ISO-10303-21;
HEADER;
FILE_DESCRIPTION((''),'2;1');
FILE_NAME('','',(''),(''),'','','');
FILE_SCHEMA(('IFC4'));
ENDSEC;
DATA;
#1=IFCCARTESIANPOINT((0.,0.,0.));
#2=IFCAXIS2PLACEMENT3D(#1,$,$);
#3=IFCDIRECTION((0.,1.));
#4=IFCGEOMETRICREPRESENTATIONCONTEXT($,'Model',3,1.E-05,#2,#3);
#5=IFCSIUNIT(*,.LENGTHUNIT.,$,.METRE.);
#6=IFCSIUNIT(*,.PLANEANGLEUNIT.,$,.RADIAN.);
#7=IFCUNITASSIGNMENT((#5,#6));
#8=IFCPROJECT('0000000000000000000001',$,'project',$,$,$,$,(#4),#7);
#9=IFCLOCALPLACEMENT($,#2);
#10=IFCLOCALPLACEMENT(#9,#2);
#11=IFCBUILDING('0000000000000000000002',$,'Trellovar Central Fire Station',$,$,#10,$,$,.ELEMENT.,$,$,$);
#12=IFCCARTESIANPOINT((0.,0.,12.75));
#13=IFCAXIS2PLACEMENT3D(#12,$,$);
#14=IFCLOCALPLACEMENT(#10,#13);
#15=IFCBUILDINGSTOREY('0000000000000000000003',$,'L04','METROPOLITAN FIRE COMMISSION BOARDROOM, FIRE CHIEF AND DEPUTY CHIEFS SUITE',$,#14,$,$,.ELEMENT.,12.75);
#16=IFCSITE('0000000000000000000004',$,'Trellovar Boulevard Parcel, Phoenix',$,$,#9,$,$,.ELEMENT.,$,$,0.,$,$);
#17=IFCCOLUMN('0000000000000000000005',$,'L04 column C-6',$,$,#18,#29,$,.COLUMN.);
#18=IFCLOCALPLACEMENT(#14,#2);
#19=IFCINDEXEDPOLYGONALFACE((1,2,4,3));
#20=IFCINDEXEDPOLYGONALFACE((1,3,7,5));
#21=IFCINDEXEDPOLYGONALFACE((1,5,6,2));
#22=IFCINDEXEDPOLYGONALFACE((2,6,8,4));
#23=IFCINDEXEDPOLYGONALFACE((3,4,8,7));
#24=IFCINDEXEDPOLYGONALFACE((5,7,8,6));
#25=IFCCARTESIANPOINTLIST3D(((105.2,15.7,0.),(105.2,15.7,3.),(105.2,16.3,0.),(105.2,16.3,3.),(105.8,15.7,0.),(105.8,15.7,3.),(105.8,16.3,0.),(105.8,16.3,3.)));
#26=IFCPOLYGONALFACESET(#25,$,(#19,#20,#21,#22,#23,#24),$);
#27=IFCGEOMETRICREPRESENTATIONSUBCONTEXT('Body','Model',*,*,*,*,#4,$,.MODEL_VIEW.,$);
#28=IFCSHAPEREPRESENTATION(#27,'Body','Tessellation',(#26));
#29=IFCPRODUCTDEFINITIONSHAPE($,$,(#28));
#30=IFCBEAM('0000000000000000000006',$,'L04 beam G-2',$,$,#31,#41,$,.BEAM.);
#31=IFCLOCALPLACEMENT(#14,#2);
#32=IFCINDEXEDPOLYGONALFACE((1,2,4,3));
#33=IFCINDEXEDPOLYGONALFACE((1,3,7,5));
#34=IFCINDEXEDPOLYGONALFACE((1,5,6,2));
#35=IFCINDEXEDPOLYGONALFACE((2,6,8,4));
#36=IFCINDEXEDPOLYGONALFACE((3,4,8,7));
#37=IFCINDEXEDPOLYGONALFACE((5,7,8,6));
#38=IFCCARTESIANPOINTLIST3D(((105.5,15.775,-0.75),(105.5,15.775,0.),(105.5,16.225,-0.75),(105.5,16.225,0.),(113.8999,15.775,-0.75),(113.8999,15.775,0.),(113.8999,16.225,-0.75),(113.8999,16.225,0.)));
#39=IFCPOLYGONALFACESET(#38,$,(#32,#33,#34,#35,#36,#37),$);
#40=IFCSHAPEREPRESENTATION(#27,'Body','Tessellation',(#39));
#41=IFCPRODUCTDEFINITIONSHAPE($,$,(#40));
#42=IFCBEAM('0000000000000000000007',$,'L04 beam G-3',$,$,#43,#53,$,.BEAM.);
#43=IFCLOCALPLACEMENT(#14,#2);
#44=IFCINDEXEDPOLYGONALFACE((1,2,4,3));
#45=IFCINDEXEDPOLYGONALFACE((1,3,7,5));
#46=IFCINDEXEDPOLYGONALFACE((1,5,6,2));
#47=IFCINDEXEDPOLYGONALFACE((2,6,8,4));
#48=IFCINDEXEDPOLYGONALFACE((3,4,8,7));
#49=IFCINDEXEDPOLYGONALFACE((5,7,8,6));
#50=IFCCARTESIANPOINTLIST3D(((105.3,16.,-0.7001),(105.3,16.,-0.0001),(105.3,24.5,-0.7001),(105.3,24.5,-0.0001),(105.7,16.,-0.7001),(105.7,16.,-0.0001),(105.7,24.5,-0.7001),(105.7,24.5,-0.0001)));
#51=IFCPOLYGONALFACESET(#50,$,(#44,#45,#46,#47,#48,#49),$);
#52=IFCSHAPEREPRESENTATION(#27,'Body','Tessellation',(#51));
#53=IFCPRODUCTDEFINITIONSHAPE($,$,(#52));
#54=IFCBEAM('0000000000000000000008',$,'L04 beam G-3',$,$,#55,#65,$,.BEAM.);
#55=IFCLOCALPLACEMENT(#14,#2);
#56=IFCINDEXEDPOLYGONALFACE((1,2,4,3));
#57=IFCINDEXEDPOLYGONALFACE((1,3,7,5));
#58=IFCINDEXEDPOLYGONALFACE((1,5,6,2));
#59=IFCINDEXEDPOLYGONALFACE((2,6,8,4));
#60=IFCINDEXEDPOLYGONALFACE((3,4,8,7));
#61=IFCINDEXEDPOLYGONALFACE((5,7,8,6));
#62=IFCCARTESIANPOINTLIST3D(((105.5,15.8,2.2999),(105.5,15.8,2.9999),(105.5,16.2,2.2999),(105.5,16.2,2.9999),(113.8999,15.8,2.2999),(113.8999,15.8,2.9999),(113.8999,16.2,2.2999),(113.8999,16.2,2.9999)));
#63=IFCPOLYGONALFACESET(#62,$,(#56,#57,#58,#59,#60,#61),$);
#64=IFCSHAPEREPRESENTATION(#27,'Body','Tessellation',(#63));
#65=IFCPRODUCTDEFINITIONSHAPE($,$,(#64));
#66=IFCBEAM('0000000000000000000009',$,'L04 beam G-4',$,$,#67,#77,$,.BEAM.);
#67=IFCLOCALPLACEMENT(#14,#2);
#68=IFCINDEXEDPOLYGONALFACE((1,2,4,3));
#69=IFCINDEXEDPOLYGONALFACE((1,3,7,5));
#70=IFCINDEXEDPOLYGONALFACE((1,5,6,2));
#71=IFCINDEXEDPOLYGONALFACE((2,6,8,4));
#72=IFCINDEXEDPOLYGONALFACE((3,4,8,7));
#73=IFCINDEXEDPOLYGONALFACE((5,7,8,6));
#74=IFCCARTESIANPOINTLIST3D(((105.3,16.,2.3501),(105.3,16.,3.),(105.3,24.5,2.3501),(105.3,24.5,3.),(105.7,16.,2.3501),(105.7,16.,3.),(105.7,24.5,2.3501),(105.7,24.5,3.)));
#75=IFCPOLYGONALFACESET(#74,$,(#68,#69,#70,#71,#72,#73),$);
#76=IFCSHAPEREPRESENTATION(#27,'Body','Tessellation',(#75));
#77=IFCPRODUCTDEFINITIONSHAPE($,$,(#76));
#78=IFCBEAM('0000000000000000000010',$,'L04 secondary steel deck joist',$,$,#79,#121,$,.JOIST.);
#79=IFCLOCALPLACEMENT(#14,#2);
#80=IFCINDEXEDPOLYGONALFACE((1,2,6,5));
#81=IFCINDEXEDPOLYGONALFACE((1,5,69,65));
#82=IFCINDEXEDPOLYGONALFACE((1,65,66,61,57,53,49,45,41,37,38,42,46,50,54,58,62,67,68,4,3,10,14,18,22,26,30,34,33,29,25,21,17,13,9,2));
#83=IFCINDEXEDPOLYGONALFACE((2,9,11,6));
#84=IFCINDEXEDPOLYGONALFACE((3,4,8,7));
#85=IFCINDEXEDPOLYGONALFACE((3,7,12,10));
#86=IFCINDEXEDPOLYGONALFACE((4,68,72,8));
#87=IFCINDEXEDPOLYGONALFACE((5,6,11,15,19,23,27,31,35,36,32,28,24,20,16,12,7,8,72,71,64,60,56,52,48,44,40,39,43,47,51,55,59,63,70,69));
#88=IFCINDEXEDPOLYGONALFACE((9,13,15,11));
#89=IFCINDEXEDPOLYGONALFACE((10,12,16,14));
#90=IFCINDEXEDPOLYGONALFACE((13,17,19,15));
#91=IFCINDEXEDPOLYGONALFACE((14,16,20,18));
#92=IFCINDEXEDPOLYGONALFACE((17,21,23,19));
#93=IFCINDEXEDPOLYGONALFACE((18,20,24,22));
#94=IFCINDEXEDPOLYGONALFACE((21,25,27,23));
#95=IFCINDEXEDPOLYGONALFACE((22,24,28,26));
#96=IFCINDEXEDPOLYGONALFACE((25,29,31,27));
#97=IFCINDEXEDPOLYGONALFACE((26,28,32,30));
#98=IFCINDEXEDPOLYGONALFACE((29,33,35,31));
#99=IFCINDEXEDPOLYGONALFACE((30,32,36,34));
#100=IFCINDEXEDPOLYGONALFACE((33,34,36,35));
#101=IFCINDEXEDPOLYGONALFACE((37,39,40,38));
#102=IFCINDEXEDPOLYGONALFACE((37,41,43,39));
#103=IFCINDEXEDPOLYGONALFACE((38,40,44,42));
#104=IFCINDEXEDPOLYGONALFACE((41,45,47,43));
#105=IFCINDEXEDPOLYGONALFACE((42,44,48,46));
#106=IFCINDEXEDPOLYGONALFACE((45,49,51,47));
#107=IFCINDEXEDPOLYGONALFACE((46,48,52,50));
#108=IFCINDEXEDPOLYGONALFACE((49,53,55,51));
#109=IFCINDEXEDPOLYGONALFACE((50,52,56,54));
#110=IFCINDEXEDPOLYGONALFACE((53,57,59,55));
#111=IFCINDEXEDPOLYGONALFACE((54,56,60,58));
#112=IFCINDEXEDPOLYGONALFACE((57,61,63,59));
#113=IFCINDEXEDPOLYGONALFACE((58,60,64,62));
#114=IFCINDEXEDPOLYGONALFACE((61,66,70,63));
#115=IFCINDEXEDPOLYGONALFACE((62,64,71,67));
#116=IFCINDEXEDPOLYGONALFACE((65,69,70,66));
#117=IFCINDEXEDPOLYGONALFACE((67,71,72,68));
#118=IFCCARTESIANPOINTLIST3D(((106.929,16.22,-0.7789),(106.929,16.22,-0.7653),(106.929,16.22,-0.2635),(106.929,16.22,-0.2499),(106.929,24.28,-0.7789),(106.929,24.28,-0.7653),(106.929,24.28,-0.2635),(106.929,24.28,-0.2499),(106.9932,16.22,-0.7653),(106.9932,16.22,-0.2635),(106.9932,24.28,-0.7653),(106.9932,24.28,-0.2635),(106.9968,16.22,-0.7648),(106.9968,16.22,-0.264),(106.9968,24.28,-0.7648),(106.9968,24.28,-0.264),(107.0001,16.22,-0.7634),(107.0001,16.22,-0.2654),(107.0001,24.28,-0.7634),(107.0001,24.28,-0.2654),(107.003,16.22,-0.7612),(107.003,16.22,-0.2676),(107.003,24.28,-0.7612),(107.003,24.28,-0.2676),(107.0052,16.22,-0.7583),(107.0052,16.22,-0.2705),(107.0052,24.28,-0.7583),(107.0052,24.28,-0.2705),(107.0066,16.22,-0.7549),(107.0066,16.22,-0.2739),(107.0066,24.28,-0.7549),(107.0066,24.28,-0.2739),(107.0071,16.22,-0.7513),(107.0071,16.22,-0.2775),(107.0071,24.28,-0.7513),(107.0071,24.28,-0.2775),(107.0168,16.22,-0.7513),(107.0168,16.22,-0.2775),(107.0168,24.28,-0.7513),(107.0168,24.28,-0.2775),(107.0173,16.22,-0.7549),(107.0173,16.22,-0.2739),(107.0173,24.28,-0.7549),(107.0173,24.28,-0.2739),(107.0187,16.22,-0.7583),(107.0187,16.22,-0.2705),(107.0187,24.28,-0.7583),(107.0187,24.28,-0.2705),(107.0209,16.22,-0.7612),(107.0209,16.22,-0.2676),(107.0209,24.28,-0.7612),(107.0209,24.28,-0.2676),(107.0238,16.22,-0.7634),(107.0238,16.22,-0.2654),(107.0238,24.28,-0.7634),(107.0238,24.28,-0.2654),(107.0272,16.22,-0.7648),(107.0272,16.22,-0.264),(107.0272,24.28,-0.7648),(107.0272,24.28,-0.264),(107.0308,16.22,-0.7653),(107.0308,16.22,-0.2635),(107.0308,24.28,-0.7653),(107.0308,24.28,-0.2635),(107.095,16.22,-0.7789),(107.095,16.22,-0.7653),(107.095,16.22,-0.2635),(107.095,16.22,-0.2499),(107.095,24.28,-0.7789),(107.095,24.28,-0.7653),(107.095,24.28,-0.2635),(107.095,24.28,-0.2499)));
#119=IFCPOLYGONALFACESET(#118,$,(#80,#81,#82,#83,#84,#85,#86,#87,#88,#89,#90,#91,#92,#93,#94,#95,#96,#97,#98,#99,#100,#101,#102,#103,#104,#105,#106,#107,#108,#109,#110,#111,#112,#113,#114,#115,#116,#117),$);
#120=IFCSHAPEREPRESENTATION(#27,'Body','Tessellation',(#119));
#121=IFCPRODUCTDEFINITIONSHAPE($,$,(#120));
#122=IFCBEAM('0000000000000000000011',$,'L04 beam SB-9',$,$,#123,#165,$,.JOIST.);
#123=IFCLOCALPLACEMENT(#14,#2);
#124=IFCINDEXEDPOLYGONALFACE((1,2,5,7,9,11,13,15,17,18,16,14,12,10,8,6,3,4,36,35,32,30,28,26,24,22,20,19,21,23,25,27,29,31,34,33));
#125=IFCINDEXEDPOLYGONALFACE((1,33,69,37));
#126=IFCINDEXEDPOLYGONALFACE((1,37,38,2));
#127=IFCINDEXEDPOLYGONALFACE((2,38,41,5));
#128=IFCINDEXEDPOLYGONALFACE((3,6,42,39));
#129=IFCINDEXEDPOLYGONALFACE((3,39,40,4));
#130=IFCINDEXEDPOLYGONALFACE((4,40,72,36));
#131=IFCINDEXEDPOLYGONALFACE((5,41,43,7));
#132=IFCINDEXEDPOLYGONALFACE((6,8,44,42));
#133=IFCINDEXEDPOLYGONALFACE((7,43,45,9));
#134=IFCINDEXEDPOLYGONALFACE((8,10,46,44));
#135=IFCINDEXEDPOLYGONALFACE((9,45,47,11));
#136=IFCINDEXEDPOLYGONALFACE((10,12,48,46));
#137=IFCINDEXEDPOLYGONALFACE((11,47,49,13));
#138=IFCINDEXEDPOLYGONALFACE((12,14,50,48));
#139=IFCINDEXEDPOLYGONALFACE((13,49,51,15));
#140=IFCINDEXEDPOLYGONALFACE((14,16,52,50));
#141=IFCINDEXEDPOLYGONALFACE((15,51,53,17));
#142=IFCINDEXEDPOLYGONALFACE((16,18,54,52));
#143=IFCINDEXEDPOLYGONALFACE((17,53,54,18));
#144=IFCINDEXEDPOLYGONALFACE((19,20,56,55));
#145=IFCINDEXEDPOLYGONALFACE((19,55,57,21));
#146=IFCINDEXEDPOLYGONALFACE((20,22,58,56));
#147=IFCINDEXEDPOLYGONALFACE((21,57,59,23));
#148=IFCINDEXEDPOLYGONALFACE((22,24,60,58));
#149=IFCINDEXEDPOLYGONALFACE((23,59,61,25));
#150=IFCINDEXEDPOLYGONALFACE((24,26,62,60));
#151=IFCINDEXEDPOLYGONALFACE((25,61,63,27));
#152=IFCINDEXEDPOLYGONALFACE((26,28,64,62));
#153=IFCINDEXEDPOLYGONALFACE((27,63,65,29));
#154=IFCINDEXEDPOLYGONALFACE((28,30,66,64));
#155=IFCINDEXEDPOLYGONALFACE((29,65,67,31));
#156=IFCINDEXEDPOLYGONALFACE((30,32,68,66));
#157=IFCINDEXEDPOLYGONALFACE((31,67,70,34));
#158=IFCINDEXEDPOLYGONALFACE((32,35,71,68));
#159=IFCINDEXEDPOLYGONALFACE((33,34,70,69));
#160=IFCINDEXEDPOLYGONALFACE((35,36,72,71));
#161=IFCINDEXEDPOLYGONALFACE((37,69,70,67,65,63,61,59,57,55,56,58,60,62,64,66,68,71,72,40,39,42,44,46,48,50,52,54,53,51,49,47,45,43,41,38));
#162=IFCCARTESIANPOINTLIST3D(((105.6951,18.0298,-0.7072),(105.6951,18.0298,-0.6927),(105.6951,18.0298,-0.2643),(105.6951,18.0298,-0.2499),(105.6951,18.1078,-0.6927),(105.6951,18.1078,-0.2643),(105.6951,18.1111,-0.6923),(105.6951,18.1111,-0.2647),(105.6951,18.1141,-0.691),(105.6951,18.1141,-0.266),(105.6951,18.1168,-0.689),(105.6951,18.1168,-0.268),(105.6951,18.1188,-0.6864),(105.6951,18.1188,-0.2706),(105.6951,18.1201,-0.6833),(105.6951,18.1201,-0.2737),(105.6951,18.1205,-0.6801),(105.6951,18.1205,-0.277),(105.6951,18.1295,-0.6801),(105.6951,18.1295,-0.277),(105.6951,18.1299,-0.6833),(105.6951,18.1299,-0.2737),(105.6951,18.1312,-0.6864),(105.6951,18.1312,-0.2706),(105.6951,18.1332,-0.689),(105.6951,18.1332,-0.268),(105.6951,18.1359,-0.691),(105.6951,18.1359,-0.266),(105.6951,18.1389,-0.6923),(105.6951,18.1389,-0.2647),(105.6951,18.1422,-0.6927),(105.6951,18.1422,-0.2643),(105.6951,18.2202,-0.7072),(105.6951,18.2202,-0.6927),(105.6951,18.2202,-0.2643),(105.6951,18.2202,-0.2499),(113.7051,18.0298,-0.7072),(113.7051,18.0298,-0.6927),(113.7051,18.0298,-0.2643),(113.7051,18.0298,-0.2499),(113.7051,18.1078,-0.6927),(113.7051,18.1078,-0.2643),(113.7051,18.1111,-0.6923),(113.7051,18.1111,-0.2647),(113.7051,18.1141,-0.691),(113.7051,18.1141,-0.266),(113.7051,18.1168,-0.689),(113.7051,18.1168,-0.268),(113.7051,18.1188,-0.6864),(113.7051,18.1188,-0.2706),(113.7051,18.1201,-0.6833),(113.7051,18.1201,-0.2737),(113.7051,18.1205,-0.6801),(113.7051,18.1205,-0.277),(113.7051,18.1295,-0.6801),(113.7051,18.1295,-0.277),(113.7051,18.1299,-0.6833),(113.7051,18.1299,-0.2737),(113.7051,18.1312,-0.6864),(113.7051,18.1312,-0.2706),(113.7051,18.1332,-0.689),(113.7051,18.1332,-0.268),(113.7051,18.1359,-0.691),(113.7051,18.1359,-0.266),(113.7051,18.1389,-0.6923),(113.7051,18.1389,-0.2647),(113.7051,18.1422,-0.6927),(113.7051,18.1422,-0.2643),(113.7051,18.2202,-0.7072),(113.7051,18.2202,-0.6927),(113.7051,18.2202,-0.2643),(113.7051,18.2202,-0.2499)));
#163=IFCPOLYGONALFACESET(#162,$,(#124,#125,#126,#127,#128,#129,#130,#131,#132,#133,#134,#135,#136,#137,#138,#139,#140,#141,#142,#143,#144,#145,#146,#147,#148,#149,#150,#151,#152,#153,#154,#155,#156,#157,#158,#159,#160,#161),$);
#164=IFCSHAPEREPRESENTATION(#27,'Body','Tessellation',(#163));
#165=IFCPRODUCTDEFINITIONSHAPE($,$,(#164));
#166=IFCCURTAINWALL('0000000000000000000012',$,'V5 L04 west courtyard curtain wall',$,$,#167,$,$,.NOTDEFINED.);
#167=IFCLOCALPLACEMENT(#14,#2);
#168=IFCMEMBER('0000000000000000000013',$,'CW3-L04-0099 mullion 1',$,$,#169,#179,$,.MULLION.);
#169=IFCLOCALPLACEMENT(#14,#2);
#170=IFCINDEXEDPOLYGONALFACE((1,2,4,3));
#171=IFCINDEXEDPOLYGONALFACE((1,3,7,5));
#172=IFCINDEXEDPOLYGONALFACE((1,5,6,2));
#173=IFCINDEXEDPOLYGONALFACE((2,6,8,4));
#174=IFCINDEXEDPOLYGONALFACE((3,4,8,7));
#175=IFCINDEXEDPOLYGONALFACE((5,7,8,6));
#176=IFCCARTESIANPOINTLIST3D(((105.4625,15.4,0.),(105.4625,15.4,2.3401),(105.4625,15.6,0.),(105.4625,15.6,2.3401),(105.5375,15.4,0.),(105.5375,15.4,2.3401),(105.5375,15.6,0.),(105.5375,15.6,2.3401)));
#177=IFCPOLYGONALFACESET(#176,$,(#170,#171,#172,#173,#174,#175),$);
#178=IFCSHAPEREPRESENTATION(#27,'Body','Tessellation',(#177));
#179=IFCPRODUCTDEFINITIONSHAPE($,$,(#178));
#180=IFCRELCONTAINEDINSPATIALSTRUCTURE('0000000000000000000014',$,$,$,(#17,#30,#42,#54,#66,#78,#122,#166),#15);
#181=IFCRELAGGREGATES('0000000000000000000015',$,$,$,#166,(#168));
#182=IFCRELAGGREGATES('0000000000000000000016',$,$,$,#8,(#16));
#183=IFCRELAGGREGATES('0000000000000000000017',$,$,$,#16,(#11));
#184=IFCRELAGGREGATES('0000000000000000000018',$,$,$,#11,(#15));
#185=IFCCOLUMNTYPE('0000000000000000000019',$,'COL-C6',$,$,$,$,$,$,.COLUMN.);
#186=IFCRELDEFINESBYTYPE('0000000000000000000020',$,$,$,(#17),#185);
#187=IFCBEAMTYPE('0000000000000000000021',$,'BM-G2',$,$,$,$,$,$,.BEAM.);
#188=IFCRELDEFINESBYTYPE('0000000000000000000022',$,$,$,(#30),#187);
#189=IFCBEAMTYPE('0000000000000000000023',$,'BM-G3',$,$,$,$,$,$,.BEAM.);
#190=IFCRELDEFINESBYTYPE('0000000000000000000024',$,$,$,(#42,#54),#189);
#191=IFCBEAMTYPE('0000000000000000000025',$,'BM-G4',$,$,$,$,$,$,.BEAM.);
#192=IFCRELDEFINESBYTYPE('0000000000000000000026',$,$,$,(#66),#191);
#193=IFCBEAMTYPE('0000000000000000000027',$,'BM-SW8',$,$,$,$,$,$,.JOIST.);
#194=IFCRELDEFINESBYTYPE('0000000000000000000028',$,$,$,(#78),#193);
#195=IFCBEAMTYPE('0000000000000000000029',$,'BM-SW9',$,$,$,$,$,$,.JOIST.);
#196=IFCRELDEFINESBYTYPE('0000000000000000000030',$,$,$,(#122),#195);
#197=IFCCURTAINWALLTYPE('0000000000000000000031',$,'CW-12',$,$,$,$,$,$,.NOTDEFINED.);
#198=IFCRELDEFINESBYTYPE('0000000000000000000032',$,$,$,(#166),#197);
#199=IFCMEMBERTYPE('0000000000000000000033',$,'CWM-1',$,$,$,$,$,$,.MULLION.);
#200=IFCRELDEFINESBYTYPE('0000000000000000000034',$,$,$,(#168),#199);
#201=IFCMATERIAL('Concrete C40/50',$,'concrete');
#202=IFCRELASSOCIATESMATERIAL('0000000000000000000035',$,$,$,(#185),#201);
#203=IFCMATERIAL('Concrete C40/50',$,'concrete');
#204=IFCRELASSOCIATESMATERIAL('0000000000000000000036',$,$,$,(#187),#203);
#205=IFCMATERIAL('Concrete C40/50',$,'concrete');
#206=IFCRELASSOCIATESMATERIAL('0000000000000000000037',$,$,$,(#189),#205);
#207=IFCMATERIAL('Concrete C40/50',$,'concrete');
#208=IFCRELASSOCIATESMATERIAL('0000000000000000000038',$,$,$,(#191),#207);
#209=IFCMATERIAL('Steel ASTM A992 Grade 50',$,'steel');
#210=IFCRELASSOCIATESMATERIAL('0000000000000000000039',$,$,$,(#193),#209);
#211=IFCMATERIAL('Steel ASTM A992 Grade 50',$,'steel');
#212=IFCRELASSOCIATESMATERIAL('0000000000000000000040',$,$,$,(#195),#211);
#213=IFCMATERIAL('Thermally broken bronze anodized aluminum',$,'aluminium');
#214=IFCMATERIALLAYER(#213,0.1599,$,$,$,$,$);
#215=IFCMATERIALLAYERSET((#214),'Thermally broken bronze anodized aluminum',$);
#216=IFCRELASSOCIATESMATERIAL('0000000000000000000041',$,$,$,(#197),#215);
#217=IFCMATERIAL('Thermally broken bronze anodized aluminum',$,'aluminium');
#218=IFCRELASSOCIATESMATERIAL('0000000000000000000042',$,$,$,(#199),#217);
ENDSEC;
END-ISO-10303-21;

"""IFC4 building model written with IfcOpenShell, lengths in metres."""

from ifc_helpers import new_model, si_unit, direction, frame, origin, origin_2d, place, context, subcontext, project, spatial, rectangle, i_section, extrude, material, layer, layer_set, material_profile, profile_set, type_object, element, aggregate, save


model = new_model("IFC4")

# Units and contexts
model_context = context("Model", 3, precision=1e-05, world=origin(), true_north=direction((0.0, 1.0)))
body_context = subcontext(model_context, "Body", "Model", "MODEL_VIEW")
ifc_project = project(units=[si_unit("LENGTHUNIT", "METRE"), si_unit("PLANEANGLEUNIT", "RADIAN")], contexts=[model_context])

# Site, building, storey
site_placement = place(None, origin())
site = spatial("IfcSite", under=ifc_project, at=site_placement, Name="Trellovar Boulevard Parcel, Phoenix", CompositionType="ELEMENT", RefElevation=0.0)
building_placement = place(site_placement, origin())
building = spatial("IfcBuilding", under=site, at=building_placement, Name="Trellovar Central Fire Station", CompositionType="ELEMENT")
storey_placement = place(building_placement, frame((0.0, 0.0, 12.75)))
storey = spatial("IfcBuildingStorey", under=building, at=storey_placement, Name="L04", Description="METROPOLITAN FIRE COMMISSION BOARDROOM, FIRE CHIEF AND DEPUTY CHIEFS SUITE", CompositionType="ELEMENT", Elevation=12.75)

# Column
ifc_material_1 = material(Name="Concrete C40/50", Category="concrete")
ifc_material_profile_1 = material_profile(ifc_material_1, rectangle(XDim=0.6001, YDim=0.6001, at=origin_2d()), Name="RC600X600")
ifc_profile_set_1 = profile_set([ifc_material_profile_1], Name="Concrete C40/50")
column_type = type_object("IfcColumnType", Name="COL-C6", PredefinedType="COLUMN", material=ifc_profile_set_1)
column_placement = place(storey_placement, frame((105.5, 16.0, 0.0), z_axis=(0.0, 0.0, 1.0), x_axis=(1.0, 0.0, 0.0)))
element("IfcColumn", 1, at=column_placement, inside=storey, type_object=column_type, Name="L04 column C-6", PredefinedType="COLUMN", context=body_context, shape_type="SweptSolid", body=[
    extrude(rectangle(XDim=0.6001, YDim=0.6001, at=origin_2d()), origin(), (0.0, 0.0, 1.0), 3.0),
])

# Beams
ifc_material_2 = material(Name="Concrete C40/50", Category="concrete")
ifc_material_profile_2 = material_profile(ifc_material_2, rectangle(XDim=0.45, YDim=0.75, at=origin_2d()), Name="RC450X750")
ifc_profile_set_2 = profile_set([ifc_material_profile_2], Name="Concrete C40/50")
beam_type_1 = type_object("IfcBeamType", Name="BM-G2", PredefinedType="BEAM", material=ifc_profile_set_2)
beam_1_placement = place(storey_placement, frame((105.5, 16.0, -0.375), z_axis=(1.0, 0.0, 0.0), x_axis=(0.0, 1.0, 0.0)))
element("IfcBeam", 2, at=beam_1_placement, inside=storey, type_object=beam_type_1, Name="L04 beam G-2", PredefinedType="BEAM", context=body_context, shape_type="SweptSolid", body=[
    extrude(rectangle(XDim=0.45, YDim=0.75, at=origin_2d()), origin(), (0.0, 0.0, 1.0), 8.3999),
])
ifc_material_3 = material(Name="Concrete C40/50", Category="concrete")
ifc_material_profile_3 = material_profile(ifc_material_3, rectangle(XDim=0.3999, YDim=0.7, at=origin_2d()), Name="RC400X700")
ifc_profile_set_3 = profile_set([ifc_material_profile_3], Name="Concrete C40/50")
beam_type_2 = type_object("IfcBeamType", Name="BM-G3", PredefinedType="BEAM", material=ifc_profile_set_3)
beam_2_placement = place(storey_placement, frame((105.5, 16.0, -0.3501), z_axis=(0.0, 1.0, 0.0), x_axis=(-1.0, 0.0, 0.0)))
element("IfcBeam", 3, at=beam_2_placement, inside=storey, type_object=beam_type_2, Name="L04 beam G-3", PredefinedType="BEAM", context=body_context, shape_type="SweptSolid", body=[
    extrude(rectangle(XDim=0.3999, YDim=0.7, at=origin_2d()), origin(), (0.0, 0.0, 1.0), 8.5),
])
beam_3_placement = place(storey_placement, frame((105.5, 16.0, 2.6499), z_axis=(1.0, 0.0, 0.0), x_axis=(0.0, 1.0, 0.0)))
element("IfcBeam", 4, at=beam_3_placement, inside=storey, type_object=beam_type_2, Name="L04 beam G-3", PredefinedType="BEAM", context=body_context, shape_type="SweptSolid", body=[
    extrude(rectangle(XDim=0.3999, YDim=0.7, at=origin_2d()), origin(), (0.0, 0.0, 1.0), 8.3999),
])
ifc_material_4 = material(Name="Concrete C40/50", Category="concrete")
ifc_material_profile_4 = material_profile(ifc_material_4, rectangle(XDim=0.3999, YDim=0.6499, at=origin_2d()), Name="RC400X650")
ifc_profile_set_4 = profile_set([ifc_material_profile_4], Name="Concrete C40/50")
beam_type_3 = type_object("IfcBeamType", Name="BM-G4", PredefinedType="BEAM", material=ifc_profile_set_4)
beam_4_placement = place(storey_placement, frame((105.5, 16.0, 2.675), z_axis=(0.0, 1.0, 0.0), x_axis=(-1.0, 0.0, 0.0)))
element("IfcBeam", 5, at=beam_4_placement, inside=storey, type_object=beam_type_3, Name="L04 beam G-4", PredefinedType="BEAM", context=body_context, shape_type="SweptSolid", body=[
    extrude(rectangle(XDim=0.3999, YDim=0.6499, at=origin_2d()), origin(), (0.0, 0.0, 1.0), 8.5),
])
ifc_material_5 = material(Name="Steel ASTM A992 Grade 50", Category="steel")
ifc_material_profile_5 = material_profile(ifc_material_5, i_section(OverallWidth=0.166, OverallDepth=0.5291, WebThickness=0.0098, FlangeThickness=0.0137, FilletRadius=0.0139, at=origin_2d()), Name="W21X50")
ifc_profile_set_5 = profile_set([ifc_material_profile_5], Name="Steel ASTM A992 Grade 50")
beam_type_4 = type_object("IfcBeamType", Name="BM-SW8", PredefinedType="JOIST", material=ifc_profile_set_5)
beam_5_placement = place(storey_placement, frame((107.012, 16.22, -0.5144), z_axis=(0.0, 1.0, 0.0), x_axis=(-1.0, 0.0, 0.0)))
element("IfcBeam", 6, at=beam_5_placement, inside=storey, type_object=beam_type_4, Name="L04 secondary steel deck joist", PredefinedType="JOIST", context=body_context, shape_type="SweptSolid", body=[
    extrude(i_section(OverallWidth=0.166, OverallDepth=0.5291, WebThickness=0.0098, FlangeThickness=0.0137, FilletRadius=0.0139, at=origin_2d()), origin(), (0.0, 0.0, 1.0), 8.0601),
])
ifc_material_6 = material(Name="Steel ASTM A992 Grade 50", Category="steel")
ifc_material_profile_6 = material_profile(ifc_material_6, i_section(OverallWidth=0.1904, OverallDepth=0.4573, WebThickness=0.009, FlangeThickness=0.0144, FilletRadius=0.0127, at=origin_2d()), Name="W18X50")
ifc_profile_set_6 = profile_set([ifc_material_profile_6], Name="Steel ASTM A992 Grade 50")
beam_type_5 = type_object("IfcBeamType", Name="BM-SW9", PredefinedType="JOIST", material=ifc_profile_set_6)
beam_6_placement = place(storey_placement, frame((105.6951, 18.125, -0.4785), z_axis=(1.0, 0.0, 0.0), x_axis=(0.0, 1.0, 0.0)))
element("IfcBeam", 7, at=beam_6_placement, inside=storey, type_object=beam_type_5, Name="L04 beam SB-9", PredefinedType="JOIST", context=body_context, shape_type="SweptSolid", body=[
    extrude(i_section(OverallWidth=0.1904, OverallDepth=0.4573, WebThickness=0.009, FlangeThickness=0.0144, FilletRadius=0.0127, at=origin_2d()), origin(), (0.0, 0.0, 1.0), 8.01),
])

# Curtain wall, member
ifc_material_7 = material(Name="Thermally broken bronze anodized aluminum", Category="aluminium")
ifc_layer_1 = layer(ifc_material_7, 0.1599)
ifc_layer_set_1 = layer_set([ifc_layer_1], Name="Thermally broken bronze anodized aluminum")
curtain_wall_type = type_object("IfcCurtainWallType", Name="CW-12", PredefinedType="NOTDEFINED", material=ifc_layer_set_1)
curtain_wall_1_placement = place(storey_placement, origin())
curtain_wall_1 = element("IfcCurtainWall", 8, at=curtain_wall_1_placement, inside=storey, type_object=curtain_wall_type, Name="V5 L04 west courtyard curtain wall", PredefinedType="NOTDEFINED")
ifc_material_8 = material(Name="Thermally broken bronze anodized aluminum", Category="aluminium")
ifc_material_profile_7 = material_profile(ifc_material_8, rectangle(XDim=0.075, YDim=0.2, at=origin_2d()), Name="ALU75X200")
ifc_profile_set_7 = profile_set([ifc_material_profile_7], Name="Thermally broken bronze anodized aluminum")
member_type_1 = type_object("IfcMemberType", Name="CWM-1", PredefinedType="MULLION", material=ifc_profile_set_7)
member_1_placement = place(storey_placement, frame((105.5, 15.5, 0.0), z_axis=(0.0, 0.0, 1.0), x_axis=(1.0, 0.0, 0.0)))
member_1 = element("IfcMember", 9, at=member_1_placement, type_object=member_type_1, Name="CW3-L04-0099 mullion 1", PredefinedType="MULLION", context=body_context, shape_type="SweptSolid", body=[
    extrude(rectangle(XDim=0.075, YDim=0.2, at=origin_2d()), origin(), (0.0, 0.0, 1.0), 2.3401),
])

aggregate(curtain_wall_1, [member_1])

save(model, "model.ifc")
